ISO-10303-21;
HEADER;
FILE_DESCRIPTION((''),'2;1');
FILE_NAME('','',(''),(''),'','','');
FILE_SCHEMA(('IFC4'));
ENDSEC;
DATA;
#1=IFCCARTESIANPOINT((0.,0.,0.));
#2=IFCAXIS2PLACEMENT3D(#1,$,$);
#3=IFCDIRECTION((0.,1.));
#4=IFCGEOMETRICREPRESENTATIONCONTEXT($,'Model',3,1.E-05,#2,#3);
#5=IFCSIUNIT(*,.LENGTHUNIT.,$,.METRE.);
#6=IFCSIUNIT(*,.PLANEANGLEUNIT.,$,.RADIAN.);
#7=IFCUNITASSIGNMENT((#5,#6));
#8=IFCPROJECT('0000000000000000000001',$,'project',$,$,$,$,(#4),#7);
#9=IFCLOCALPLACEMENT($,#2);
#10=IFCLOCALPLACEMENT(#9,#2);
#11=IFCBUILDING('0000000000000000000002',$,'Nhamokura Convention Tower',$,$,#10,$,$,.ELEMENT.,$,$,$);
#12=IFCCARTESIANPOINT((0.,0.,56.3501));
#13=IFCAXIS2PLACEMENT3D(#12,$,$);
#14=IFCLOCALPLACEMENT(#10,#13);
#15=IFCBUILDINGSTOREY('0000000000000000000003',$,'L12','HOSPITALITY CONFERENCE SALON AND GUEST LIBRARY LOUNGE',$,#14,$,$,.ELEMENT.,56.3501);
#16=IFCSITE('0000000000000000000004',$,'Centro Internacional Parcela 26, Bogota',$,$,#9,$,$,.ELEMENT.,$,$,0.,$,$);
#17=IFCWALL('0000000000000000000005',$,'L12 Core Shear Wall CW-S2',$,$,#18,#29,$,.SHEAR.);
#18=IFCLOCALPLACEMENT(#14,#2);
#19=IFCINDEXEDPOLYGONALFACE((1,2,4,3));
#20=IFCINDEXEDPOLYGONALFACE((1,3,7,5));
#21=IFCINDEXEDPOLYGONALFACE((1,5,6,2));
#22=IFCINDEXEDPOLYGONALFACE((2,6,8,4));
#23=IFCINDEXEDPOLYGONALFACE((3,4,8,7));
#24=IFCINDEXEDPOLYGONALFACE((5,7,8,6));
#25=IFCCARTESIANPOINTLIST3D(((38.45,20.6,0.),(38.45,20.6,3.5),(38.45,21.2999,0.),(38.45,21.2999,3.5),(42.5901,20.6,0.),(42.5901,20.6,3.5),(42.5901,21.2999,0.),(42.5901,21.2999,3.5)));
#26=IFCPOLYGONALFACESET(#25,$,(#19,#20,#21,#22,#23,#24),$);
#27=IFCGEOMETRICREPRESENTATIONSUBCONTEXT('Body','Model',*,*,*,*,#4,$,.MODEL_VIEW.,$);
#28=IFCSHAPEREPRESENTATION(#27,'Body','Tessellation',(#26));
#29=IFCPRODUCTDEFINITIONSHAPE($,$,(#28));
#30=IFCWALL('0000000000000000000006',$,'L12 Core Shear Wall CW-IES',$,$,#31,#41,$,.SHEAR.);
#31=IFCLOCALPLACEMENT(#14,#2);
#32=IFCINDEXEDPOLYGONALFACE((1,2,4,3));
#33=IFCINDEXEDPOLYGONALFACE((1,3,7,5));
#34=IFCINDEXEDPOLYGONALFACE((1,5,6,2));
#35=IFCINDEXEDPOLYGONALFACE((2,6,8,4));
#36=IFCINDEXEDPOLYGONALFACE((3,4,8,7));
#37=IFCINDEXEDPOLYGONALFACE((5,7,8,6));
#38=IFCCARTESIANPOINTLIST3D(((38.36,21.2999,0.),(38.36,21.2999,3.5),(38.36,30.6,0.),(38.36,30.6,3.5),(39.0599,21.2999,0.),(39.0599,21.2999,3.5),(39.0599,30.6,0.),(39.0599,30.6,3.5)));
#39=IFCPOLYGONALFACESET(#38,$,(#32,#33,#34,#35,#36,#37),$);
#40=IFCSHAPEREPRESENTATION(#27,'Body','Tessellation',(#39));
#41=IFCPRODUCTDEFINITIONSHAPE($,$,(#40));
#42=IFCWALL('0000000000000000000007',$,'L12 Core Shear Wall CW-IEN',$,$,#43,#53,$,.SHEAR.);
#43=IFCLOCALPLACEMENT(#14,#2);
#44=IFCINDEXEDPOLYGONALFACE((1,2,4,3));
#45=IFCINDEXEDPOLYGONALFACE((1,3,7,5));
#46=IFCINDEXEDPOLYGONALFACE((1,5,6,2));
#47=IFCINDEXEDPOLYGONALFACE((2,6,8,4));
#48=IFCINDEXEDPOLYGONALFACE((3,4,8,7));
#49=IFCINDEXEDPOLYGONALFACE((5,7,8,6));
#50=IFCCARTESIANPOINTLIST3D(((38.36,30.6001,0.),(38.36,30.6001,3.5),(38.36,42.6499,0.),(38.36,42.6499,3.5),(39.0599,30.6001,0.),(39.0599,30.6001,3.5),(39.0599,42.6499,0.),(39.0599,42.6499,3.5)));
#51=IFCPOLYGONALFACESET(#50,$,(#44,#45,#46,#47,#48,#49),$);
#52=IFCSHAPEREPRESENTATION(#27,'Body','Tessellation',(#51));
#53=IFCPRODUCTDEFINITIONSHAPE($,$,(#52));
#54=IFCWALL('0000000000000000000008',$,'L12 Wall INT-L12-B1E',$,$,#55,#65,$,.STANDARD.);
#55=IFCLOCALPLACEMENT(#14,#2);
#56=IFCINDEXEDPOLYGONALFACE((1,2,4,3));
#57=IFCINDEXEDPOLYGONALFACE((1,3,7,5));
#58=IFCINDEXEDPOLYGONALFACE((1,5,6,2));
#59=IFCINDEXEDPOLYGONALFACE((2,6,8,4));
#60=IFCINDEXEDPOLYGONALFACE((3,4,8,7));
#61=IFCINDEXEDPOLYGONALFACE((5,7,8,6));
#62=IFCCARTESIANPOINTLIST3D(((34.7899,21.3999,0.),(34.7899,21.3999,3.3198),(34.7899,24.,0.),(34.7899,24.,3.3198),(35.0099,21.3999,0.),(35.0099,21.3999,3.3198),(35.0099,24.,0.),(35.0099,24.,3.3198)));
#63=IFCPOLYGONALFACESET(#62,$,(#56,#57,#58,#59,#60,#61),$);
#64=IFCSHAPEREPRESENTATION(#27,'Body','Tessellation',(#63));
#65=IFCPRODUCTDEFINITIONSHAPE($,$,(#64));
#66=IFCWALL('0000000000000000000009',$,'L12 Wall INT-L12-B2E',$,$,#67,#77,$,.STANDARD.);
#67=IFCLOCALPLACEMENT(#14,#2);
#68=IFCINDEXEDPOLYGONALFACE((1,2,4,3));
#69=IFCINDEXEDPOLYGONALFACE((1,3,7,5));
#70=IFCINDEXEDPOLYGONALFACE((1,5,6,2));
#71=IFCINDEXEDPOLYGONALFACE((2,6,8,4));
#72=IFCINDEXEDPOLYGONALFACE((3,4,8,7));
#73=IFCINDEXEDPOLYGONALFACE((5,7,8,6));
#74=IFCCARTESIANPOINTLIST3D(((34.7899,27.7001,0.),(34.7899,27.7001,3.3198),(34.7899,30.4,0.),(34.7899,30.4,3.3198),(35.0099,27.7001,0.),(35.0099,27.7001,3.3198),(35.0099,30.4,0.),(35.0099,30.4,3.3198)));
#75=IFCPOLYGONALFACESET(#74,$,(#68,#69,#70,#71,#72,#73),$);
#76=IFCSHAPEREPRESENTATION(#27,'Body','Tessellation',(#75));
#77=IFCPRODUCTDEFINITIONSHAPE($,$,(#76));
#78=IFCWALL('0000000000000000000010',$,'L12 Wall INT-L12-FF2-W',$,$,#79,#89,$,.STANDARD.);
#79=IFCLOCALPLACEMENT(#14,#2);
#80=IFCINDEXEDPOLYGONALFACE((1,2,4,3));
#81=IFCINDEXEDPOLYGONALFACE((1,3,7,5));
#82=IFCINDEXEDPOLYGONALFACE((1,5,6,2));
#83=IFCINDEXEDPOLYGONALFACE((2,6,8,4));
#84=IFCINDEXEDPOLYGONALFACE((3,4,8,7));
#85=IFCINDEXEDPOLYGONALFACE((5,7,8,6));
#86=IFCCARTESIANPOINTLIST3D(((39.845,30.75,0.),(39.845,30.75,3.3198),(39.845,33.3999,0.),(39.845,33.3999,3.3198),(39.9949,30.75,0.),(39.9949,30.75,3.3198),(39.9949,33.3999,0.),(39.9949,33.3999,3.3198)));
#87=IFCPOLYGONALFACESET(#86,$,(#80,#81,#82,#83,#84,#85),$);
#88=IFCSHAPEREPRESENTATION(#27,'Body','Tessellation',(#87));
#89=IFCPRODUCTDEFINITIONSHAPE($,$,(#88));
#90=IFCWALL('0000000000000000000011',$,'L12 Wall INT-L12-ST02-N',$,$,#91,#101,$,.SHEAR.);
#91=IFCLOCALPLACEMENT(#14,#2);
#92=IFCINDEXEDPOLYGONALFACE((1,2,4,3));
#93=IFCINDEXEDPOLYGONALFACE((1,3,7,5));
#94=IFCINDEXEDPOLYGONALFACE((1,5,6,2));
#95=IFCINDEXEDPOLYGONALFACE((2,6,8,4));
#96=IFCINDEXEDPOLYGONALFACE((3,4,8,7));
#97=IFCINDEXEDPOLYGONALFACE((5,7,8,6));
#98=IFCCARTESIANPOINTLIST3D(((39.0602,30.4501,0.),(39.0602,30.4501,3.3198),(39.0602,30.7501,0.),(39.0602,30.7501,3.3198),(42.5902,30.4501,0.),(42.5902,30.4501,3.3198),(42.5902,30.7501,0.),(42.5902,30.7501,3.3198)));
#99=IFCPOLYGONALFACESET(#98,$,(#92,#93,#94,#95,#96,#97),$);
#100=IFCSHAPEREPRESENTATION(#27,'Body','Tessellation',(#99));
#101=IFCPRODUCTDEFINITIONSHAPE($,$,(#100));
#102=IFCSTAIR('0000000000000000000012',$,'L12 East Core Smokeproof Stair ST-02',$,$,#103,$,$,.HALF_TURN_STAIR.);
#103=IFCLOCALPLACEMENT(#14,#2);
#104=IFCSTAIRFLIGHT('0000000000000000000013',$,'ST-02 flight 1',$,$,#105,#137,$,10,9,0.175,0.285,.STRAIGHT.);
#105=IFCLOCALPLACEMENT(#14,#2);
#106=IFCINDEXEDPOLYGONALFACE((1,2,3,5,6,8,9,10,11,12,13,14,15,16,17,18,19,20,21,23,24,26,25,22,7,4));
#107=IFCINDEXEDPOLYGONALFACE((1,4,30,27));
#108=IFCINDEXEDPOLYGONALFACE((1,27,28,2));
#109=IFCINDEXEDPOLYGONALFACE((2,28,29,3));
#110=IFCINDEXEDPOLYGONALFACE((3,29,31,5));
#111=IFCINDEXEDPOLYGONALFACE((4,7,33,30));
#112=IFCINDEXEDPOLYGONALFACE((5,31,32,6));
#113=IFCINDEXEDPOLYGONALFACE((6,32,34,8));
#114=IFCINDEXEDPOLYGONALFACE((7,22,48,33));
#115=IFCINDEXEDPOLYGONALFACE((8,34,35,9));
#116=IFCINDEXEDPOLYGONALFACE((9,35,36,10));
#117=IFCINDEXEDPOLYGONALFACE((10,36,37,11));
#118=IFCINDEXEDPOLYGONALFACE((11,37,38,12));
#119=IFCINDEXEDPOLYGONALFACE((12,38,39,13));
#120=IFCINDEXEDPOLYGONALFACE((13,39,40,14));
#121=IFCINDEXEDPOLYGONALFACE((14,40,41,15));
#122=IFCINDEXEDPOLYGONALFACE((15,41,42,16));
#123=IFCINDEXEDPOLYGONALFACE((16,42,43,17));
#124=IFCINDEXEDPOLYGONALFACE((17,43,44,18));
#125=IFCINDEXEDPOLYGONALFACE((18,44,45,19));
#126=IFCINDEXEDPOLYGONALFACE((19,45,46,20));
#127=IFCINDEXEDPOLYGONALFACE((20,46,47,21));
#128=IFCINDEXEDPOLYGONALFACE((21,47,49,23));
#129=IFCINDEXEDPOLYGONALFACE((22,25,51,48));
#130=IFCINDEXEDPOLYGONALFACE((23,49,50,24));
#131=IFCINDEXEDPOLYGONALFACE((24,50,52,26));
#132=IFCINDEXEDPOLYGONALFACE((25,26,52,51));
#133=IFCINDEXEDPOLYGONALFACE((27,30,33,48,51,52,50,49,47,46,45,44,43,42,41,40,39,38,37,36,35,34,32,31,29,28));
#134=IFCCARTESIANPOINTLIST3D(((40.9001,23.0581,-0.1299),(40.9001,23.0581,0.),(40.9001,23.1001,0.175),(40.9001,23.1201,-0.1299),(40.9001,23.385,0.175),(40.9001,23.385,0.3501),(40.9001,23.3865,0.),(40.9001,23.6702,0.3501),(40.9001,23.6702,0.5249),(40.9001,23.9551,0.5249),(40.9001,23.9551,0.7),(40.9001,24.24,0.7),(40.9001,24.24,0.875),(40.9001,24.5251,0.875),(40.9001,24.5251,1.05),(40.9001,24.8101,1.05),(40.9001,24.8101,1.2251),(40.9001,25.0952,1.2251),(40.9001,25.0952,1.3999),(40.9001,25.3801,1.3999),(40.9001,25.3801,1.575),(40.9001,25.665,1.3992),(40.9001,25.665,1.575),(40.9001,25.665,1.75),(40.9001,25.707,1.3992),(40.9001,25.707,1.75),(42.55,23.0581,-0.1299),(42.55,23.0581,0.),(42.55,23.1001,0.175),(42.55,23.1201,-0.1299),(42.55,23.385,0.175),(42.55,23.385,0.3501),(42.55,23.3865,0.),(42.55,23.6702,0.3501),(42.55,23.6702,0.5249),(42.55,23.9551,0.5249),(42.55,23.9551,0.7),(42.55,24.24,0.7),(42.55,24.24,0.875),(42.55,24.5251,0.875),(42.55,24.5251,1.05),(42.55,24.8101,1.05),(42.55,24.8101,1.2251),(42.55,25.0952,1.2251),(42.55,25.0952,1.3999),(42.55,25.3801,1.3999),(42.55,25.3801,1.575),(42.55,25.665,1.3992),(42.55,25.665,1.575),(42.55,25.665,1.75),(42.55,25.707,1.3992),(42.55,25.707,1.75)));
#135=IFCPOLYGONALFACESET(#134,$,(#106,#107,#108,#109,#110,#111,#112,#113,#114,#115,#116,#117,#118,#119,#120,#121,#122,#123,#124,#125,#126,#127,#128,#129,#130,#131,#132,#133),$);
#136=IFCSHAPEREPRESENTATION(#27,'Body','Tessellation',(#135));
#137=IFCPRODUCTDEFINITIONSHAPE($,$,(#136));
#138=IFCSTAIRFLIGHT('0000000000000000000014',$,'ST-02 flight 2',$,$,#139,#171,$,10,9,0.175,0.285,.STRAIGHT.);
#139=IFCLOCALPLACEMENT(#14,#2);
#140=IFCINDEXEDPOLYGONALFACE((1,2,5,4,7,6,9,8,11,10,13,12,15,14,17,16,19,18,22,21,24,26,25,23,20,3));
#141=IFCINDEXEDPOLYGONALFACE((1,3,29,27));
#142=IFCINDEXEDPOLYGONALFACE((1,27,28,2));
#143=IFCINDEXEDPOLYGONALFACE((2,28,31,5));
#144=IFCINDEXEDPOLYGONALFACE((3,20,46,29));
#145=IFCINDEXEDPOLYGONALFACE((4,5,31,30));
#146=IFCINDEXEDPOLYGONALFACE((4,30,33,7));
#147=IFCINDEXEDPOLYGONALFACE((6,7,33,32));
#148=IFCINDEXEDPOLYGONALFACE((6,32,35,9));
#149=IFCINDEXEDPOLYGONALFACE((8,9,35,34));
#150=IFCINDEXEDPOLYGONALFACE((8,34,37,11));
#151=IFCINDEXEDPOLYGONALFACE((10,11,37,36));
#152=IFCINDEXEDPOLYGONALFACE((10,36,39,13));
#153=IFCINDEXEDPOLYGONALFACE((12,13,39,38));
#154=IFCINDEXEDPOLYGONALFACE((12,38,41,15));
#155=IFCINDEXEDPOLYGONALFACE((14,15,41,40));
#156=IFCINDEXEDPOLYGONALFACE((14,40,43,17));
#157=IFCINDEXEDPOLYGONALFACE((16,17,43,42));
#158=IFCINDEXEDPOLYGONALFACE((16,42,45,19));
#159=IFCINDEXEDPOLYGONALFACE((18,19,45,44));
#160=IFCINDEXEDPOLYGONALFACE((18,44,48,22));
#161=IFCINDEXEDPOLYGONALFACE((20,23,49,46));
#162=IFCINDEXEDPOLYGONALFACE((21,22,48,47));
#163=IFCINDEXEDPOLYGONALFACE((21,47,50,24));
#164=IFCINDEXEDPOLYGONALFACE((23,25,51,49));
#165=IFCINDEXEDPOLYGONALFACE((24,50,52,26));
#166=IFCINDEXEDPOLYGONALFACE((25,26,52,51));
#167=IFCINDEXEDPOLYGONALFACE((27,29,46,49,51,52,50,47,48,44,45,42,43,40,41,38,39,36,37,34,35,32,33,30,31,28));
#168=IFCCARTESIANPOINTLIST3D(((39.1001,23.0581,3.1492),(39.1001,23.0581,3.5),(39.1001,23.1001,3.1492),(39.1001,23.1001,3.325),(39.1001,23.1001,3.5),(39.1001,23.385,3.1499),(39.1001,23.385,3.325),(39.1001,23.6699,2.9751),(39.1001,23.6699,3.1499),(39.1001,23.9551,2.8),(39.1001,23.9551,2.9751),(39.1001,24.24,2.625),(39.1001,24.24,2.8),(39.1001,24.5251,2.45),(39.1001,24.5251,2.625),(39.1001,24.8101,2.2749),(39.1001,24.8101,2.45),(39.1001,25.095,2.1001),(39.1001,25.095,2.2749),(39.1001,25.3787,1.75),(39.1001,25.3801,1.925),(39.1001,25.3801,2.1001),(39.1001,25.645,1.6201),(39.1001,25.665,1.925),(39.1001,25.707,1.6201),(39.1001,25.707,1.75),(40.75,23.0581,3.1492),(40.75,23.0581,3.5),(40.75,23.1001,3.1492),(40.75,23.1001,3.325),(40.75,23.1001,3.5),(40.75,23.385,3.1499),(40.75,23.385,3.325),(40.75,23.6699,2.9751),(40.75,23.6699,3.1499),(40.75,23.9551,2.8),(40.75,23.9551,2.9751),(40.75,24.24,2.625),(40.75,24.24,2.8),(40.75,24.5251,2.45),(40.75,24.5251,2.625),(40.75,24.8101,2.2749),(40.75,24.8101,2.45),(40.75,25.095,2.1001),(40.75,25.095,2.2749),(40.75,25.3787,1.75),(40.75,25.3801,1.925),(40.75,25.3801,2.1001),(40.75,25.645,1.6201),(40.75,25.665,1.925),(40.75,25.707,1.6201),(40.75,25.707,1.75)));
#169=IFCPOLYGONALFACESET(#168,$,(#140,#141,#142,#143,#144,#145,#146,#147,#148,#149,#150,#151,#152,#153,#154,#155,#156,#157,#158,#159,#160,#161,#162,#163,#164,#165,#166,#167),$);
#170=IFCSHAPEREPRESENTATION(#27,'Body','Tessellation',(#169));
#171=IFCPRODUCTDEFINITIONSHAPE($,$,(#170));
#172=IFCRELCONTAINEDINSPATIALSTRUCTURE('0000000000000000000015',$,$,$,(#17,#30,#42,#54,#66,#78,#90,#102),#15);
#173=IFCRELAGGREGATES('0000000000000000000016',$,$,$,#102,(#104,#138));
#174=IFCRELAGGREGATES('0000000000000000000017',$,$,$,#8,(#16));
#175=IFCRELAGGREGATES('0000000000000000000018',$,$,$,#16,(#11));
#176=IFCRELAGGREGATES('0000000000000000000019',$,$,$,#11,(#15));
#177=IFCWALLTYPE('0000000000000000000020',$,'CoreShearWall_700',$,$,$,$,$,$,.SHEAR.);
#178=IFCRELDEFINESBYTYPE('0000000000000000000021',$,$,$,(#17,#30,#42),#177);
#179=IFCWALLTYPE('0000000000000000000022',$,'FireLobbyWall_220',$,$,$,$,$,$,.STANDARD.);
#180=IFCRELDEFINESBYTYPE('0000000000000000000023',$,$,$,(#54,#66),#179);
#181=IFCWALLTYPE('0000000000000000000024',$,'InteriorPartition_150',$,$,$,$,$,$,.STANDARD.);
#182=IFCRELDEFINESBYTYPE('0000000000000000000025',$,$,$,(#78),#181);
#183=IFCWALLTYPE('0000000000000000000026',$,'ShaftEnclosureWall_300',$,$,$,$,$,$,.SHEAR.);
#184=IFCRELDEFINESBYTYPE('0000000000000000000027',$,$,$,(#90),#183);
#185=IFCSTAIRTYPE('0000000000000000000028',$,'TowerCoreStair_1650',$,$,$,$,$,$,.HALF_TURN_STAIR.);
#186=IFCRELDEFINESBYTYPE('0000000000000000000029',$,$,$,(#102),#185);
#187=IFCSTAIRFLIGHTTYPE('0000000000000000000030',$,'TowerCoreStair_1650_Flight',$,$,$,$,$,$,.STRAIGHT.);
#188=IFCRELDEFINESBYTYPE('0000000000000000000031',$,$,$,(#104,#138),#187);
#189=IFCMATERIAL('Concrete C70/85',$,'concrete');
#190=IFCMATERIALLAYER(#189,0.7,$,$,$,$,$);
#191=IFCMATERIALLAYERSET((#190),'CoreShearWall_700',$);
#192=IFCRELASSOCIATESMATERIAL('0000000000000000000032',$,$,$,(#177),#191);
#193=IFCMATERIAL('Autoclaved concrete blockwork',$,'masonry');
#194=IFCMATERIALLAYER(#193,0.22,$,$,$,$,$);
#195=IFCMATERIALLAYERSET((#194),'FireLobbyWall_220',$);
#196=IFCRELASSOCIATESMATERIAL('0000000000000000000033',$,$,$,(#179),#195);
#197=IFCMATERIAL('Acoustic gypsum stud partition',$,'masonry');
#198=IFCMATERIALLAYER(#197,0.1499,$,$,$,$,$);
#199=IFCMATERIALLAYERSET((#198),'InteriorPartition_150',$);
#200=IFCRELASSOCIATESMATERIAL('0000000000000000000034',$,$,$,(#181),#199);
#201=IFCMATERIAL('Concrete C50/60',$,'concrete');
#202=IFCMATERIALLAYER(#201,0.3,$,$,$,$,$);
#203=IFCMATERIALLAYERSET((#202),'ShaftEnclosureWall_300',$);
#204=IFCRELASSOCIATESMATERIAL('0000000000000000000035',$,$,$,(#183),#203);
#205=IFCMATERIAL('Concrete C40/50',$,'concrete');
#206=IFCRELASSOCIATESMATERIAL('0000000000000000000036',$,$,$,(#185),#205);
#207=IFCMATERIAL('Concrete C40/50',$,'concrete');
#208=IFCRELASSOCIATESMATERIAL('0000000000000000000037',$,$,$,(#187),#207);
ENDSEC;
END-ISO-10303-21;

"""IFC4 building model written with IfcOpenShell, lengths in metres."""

from ifc_helpers import new_model, si_unit, direction, frame, frame_2d, origin, place, context, subcontext, project, spatial, polyline, rectangle, outline, extrude, material, layer, layer_set, type_object, element, aggregate, save


model = new_model("IFC4")

# Units and contexts
model_context = context("Model", 3, precision=1e-05, world=origin(), true_north=direction((0.0, 1.0)))
body_context = subcontext(model_context, "Body", "Model", "MODEL_VIEW")
ifc_project = project(units=[si_unit("LENGTHUNIT", "METRE"), si_unit("PLANEANGLEUNIT", "RADIAN")], contexts=[model_context])

# Site, building, storey
site_placement = place(None, origin())
site = spatial("IfcSite", under=ifc_project, at=site_placement, Name="Centro Internacional Parcela 26, Bogota", CompositionType="ELEMENT", RefElevation=0.0)
building_placement = place(site_placement, origin())
building = spatial("IfcBuilding", under=site, at=building_placement, Name="Nhamokura Convention Tower", CompositionType="ELEMENT")
storey_placement = place(building_placement, frame((0.0, 0.0, 56.3501)))
storey = spatial("IfcBuildingStorey", under=building, at=storey_placement, Name="L12", Description="HOSPITALITY CONFERENCE SALON AND GUEST LIBRARY LOUNGE", CompositionType="ELEMENT", Elevation=56.3501)

# Shared definitions
ifc_material_1 = material(Name="Concrete C70/85", Category="concrete")
ifc_layer_1 = layer(ifc_material_1, 0.7)
ifc_layer_set_1 = layer_set([ifc_layer_1], Name="CoreShearWall_700")
wall_type_1 = type_object("IfcWallType", Name="CoreShearWall_700", PredefinedType="SHEAR", material=ifc_layer_set_1)

# Walls
wall_1_placement = place(storey_placement, frame((38.45, 20.95, 0.0), z_axis=(0.0, 0.0, 1.0), x_axis=(1.0, 0.0, 0.0)))
element("IfcWall", 1, at=wall_1_placement, inside=storey, type_object=wall_type_1, Name="L12 Core Shear Wall CW-S2", PredefinedType="SHEAR", context=body_context, shape_type="SweptSolid", body=[
    extrude(rectangle(XDim=4.1401, YDim=0.7, at=frame_2d((2.0701, 0.0))), origin(), (0.0, 0.0, 1.0), 3.5),
])
wall_2_placement = place(storey_placement, frame((38.71, 21.3, 0.0), z_axis=(0.0, 0.0, 1.0), x_axis=(0.0, 1.0, 0.0)))
element("IfcWall", 2, at=wall_2_placement, inside=storey, type_object=wall_type_1, Name="L12 Core Shear Wall CW-IES", PredefinedType="SHEAR", context=body_context, shape_type="SweptSolid", body=[
    extrude(rectangle(XDim=9.3, YDim=0.7, at=frame_2d((4.6499, 0.0))), origin(), (0.0, 0.0, 1.0), 3.5),
])
wall_3_placement = place(storey_placement, frame((38.71, 30.6001, 0.0), z_axis=(0.0, 0.0, 1.0), x_axis=(0.0, 1.0, 0.0)))
element("IfcWall", 3, at=wall_3_placement, inside=storey, type_object=wall_type_1, Name="L12 Core Shear Wall CW-IEN", PredefinedType="SHEAR", context=body_context, shape_type="SweptSolid", body=[
    extrude(rectangle(XDim=12.0498, YDim=0.7, at=frame_2d((6.0249, 0.0))), origin(), (0.0, 0.0, 1.0), 3.5),
])
ifc_material_2 = material(Name="Autoclaved concrete blockwork", Category="masonry")
ifc_layer_2 = layer(ifc_material_2, 0.22)
ifc_layer_set_2 = layer_set([ifc_layer_2], Name="FireLobbyWall_220")
wall_type_2 = type_object("IfcWallType", Name="FireLobbyWall_220", PredefinedType="STANDARD", material=ifc_layer_set_2)
wall_4_placement = place(storey_placement, frame((34.8999, 21.3999, 0.0), z_axis=(0.0, 0.0, 1.0), x_axis=(0.0, 1.0, 0.0)))
element("IfcWall", 4, at=wall_4_placement, inside=storey, type_object=wall_type_2, Name="L12 Wall INT-L12-B1E", PredefinedType="STANDARD", context=body_context, shape_type="SweptSolid", body=[
    extrude(rectangle(XDim=2.6001, YDim=0.22, at=frame_2d((1.3, 0.0))), origin(), (0.0, 0.0, 1.0), 3.3198),
])
wall_5_placement = place(storey_placement, frame((34.8999, 27.7, 0.0), z_axis=(0.0, 0.0, 1.0), x_axis=(0.0, 1.0, 0.0)))
element("IfcWall", 5, at=wall_5_placement, inside=storey, type_object=wall_type_2, Name="L12 Wall INT-L12-B2E", PredefinedType="STANDARD", context=body_context, shape_type="SweptSolid", body=[
    extrude(rectangle(XDim=2.7, YDim=0.22, at=frame_2d((1.3501, 0.0))), origin(), (0.0, 0.0, 1.0), 3.3198),
])
ifc_material_3 = material(Name="Acoustic gypsum stud partition", Category="masonry")
ifc_layer_3 = layer(ifc_material_3, 0.1499)
ifc_layer_set_3 = layer_set([ifc_layer_3], Name="InteriorPartition_150")
wall_type_3 = type_object("IfcWallType", Name="InteriorPartition_150", PredefinedType="STANDARD", material=ifc_layer_set_3)
wall_6_placement = place(storey_placement, frame((39.9199, 30.75, 0.0), z_axis=(0.0, 0.0, 1.0), x_axis=(0.0, 1.0, 0.0)))
element("IfcWall", 6, at=wall_6_placement, inside=storey, type_object=wall_type_3, Name="L12 Wall INT-L12-FF2-W", PredefinedType="STANDARD", context=body_context, shape_type="SweptSolid", body=[
    extrude(rectangle(XDim=2.6499, YDim=0.1499, at=frame_2d((1.325, 0.0))), origin(), (0.0, 0.0, 1.0), 3.3198),
])
ifc_material_4 = material(Name="Concrete C50/60", Category="concrete")
ifc_layer_4 = layer(ifc_material_4, 0.3)
ifc_layer_set_4 = layer_set([ifc_layer_4], Name="ShaftEnclosureWall_300")
wall_type_4 = type_object("IfcWallType", Name="ShaftEnclosureWall_300", PredefinedType="SHEAR", material=ifc_layer_set_4)
wall_7_placement = place(storey_placement, frame((39.0601, 30.6001, 0.0), z_axis=(0.0, 0.0, 1.0), x_axis=(1.0, 0.0, 0.0)))
element("IfcWall", 7, at=wall_7_placement, inside=storey, type_object=wall_type_4, Name="L12 Wall INT-L12-ST02-N", PredefinedType="SHEAR", context=body_context, shape_type="SweptSolid", body=[
    extrude(rectangle(XDim=3.53, YDim=0.3, at=frame_2d((1.7651, 0.0))), origin(), (0.0, 0.0, 1.0), 3.3198),
])

# Stair, stair flights
ifc_material_5 = material(Name="Concrete C40/50", Category="concrete")
stair_type = type_object("IfcStairType", Name="TowerCoreStair_1650", PredefinedType="HALF_TURN_STAIR", material=ifc_material_5)
stair_placement = place(storey_placement, origin())
stair = element("IfcStair", 8, at=stair_placement, inside=storey, type_object=stair_type, Name="L12 East Core Smokeproof Stair ST-02", PredefinedType="HALF_TURN_STAIR")
ifc_material_6 = material(Name="Concrete C40/50", Category="concrete")
stair_flight_type = type_object("IfcStairFlightType", Name="TowerCoreStair_1650_Flight", PredefinedType="STRAIGHT", material=ifc_material_6)
stair_flight_1_placement = place(storey_placement, frame((41.7251, 23.1001, 0.0), z_axis=(0.0, 0.0, 1.0), x_axis=(0.0, 1.0, 0.0)))
stair_flight_1 = element("IfcStairFlight", 9, at=stair_flight_1_placement, type_object=stair_flight_type, Name="ST-02 flight 1", NumberOfRisers=10, NumberOfTreads=9, PredefinedType="STRAIGHT", RiserHeight=0.175, TreadLength=0.285, context=body_context, shape_type="SweptSolid", body=[
    extrude(outline(polyline([(-0.042, 0.0), (0.0, 0.175), (0.2849, 0.175), (0.2849, 0.3501), (0.5701, 0.3501), (0.5701, 0.5249), (0.855, 0.5249), (0.855, 0.7), (1.1399, 0.7), (1.1399, 0.875), (1.425, 0.875), (1.425, 1.05), (1.71, 1.05), (1.71, 1.2251), (1.9951, 1.2251), (1.9951, 1.3999), (2.28, 1.3999), (2.28, 1.575), (2.5649, 1.575), (2.5649, 1.75), (2.6069, 1.75), (2.6069, 1.3992), (2.5649, 1.3992), (0.2864, 0.0), (0.02, -0.1299), (-0.042, -0.1299), (-0.042, 0.0)])), frame((0.0, 0.825, 0.0), z_axis=(0.0, -1.0, 0.0), x_axis=(1.0, 0.0, 0.0)), (0.0, 0.0, 1.0), 1.6499),
])
stair_flight_2_placement = place(storey_placement, frame((39.925, 25.665, 1.75), z_axis=(0.0, 0.0, 1.0), x_axis=(0.0, -1.0, 0.0)))
stair_flight_2 = element("IfcStairFlight", 10, at=stair_flight_2_placement, type_object=stair_flight_type, Name="ST-02 flight 2", NumberOfRisers=10, NumberOfTreads=9, PredefinedType="STRAIGHT", RiserHeight=0.175, TreadLength=0.285, context=body_context, shape_type="SweptSolid", body=[
    extrude(outline(polyline([(-0.042, 0.0), (0.0, 0.175), (0.2849, 0.175), (0.2849, 0.3501), (0.5701, 0.3501), (0.5701, 0.5249), (0.855, 0.5249), (0.855, 0.7), (1.1399, 0.7), (1.1399, 0.875), (1.425, 0.875), (1.425, 1.05), (1.71, 1.05), (1.71, 1.2251), (1.9951, 1.2251), (1.9951, 1.3999), (2.28, 1.3999), (2.28, 1.575), (2.5649, 1.575), (2.5649, 1.75), (2.6069, 1.75), (2.6069, 1.3992), (2.5649, 1.3992), (0.2864, 0.0), (0.02, -0.1299), (-0.042, -0.1299), (-0.042, 0.0)])), frame((0.0, 0.825, 0.0), z_axis=(0.0, -1.0, 0.0), x_axis=(1.0, 0.0, 0.0)), (0.0, 0.0, 1.0), 1.6499),
])
aggregate(stair, [stair_flight_1, stair_flight_2])

save(model, "model.ifc")
